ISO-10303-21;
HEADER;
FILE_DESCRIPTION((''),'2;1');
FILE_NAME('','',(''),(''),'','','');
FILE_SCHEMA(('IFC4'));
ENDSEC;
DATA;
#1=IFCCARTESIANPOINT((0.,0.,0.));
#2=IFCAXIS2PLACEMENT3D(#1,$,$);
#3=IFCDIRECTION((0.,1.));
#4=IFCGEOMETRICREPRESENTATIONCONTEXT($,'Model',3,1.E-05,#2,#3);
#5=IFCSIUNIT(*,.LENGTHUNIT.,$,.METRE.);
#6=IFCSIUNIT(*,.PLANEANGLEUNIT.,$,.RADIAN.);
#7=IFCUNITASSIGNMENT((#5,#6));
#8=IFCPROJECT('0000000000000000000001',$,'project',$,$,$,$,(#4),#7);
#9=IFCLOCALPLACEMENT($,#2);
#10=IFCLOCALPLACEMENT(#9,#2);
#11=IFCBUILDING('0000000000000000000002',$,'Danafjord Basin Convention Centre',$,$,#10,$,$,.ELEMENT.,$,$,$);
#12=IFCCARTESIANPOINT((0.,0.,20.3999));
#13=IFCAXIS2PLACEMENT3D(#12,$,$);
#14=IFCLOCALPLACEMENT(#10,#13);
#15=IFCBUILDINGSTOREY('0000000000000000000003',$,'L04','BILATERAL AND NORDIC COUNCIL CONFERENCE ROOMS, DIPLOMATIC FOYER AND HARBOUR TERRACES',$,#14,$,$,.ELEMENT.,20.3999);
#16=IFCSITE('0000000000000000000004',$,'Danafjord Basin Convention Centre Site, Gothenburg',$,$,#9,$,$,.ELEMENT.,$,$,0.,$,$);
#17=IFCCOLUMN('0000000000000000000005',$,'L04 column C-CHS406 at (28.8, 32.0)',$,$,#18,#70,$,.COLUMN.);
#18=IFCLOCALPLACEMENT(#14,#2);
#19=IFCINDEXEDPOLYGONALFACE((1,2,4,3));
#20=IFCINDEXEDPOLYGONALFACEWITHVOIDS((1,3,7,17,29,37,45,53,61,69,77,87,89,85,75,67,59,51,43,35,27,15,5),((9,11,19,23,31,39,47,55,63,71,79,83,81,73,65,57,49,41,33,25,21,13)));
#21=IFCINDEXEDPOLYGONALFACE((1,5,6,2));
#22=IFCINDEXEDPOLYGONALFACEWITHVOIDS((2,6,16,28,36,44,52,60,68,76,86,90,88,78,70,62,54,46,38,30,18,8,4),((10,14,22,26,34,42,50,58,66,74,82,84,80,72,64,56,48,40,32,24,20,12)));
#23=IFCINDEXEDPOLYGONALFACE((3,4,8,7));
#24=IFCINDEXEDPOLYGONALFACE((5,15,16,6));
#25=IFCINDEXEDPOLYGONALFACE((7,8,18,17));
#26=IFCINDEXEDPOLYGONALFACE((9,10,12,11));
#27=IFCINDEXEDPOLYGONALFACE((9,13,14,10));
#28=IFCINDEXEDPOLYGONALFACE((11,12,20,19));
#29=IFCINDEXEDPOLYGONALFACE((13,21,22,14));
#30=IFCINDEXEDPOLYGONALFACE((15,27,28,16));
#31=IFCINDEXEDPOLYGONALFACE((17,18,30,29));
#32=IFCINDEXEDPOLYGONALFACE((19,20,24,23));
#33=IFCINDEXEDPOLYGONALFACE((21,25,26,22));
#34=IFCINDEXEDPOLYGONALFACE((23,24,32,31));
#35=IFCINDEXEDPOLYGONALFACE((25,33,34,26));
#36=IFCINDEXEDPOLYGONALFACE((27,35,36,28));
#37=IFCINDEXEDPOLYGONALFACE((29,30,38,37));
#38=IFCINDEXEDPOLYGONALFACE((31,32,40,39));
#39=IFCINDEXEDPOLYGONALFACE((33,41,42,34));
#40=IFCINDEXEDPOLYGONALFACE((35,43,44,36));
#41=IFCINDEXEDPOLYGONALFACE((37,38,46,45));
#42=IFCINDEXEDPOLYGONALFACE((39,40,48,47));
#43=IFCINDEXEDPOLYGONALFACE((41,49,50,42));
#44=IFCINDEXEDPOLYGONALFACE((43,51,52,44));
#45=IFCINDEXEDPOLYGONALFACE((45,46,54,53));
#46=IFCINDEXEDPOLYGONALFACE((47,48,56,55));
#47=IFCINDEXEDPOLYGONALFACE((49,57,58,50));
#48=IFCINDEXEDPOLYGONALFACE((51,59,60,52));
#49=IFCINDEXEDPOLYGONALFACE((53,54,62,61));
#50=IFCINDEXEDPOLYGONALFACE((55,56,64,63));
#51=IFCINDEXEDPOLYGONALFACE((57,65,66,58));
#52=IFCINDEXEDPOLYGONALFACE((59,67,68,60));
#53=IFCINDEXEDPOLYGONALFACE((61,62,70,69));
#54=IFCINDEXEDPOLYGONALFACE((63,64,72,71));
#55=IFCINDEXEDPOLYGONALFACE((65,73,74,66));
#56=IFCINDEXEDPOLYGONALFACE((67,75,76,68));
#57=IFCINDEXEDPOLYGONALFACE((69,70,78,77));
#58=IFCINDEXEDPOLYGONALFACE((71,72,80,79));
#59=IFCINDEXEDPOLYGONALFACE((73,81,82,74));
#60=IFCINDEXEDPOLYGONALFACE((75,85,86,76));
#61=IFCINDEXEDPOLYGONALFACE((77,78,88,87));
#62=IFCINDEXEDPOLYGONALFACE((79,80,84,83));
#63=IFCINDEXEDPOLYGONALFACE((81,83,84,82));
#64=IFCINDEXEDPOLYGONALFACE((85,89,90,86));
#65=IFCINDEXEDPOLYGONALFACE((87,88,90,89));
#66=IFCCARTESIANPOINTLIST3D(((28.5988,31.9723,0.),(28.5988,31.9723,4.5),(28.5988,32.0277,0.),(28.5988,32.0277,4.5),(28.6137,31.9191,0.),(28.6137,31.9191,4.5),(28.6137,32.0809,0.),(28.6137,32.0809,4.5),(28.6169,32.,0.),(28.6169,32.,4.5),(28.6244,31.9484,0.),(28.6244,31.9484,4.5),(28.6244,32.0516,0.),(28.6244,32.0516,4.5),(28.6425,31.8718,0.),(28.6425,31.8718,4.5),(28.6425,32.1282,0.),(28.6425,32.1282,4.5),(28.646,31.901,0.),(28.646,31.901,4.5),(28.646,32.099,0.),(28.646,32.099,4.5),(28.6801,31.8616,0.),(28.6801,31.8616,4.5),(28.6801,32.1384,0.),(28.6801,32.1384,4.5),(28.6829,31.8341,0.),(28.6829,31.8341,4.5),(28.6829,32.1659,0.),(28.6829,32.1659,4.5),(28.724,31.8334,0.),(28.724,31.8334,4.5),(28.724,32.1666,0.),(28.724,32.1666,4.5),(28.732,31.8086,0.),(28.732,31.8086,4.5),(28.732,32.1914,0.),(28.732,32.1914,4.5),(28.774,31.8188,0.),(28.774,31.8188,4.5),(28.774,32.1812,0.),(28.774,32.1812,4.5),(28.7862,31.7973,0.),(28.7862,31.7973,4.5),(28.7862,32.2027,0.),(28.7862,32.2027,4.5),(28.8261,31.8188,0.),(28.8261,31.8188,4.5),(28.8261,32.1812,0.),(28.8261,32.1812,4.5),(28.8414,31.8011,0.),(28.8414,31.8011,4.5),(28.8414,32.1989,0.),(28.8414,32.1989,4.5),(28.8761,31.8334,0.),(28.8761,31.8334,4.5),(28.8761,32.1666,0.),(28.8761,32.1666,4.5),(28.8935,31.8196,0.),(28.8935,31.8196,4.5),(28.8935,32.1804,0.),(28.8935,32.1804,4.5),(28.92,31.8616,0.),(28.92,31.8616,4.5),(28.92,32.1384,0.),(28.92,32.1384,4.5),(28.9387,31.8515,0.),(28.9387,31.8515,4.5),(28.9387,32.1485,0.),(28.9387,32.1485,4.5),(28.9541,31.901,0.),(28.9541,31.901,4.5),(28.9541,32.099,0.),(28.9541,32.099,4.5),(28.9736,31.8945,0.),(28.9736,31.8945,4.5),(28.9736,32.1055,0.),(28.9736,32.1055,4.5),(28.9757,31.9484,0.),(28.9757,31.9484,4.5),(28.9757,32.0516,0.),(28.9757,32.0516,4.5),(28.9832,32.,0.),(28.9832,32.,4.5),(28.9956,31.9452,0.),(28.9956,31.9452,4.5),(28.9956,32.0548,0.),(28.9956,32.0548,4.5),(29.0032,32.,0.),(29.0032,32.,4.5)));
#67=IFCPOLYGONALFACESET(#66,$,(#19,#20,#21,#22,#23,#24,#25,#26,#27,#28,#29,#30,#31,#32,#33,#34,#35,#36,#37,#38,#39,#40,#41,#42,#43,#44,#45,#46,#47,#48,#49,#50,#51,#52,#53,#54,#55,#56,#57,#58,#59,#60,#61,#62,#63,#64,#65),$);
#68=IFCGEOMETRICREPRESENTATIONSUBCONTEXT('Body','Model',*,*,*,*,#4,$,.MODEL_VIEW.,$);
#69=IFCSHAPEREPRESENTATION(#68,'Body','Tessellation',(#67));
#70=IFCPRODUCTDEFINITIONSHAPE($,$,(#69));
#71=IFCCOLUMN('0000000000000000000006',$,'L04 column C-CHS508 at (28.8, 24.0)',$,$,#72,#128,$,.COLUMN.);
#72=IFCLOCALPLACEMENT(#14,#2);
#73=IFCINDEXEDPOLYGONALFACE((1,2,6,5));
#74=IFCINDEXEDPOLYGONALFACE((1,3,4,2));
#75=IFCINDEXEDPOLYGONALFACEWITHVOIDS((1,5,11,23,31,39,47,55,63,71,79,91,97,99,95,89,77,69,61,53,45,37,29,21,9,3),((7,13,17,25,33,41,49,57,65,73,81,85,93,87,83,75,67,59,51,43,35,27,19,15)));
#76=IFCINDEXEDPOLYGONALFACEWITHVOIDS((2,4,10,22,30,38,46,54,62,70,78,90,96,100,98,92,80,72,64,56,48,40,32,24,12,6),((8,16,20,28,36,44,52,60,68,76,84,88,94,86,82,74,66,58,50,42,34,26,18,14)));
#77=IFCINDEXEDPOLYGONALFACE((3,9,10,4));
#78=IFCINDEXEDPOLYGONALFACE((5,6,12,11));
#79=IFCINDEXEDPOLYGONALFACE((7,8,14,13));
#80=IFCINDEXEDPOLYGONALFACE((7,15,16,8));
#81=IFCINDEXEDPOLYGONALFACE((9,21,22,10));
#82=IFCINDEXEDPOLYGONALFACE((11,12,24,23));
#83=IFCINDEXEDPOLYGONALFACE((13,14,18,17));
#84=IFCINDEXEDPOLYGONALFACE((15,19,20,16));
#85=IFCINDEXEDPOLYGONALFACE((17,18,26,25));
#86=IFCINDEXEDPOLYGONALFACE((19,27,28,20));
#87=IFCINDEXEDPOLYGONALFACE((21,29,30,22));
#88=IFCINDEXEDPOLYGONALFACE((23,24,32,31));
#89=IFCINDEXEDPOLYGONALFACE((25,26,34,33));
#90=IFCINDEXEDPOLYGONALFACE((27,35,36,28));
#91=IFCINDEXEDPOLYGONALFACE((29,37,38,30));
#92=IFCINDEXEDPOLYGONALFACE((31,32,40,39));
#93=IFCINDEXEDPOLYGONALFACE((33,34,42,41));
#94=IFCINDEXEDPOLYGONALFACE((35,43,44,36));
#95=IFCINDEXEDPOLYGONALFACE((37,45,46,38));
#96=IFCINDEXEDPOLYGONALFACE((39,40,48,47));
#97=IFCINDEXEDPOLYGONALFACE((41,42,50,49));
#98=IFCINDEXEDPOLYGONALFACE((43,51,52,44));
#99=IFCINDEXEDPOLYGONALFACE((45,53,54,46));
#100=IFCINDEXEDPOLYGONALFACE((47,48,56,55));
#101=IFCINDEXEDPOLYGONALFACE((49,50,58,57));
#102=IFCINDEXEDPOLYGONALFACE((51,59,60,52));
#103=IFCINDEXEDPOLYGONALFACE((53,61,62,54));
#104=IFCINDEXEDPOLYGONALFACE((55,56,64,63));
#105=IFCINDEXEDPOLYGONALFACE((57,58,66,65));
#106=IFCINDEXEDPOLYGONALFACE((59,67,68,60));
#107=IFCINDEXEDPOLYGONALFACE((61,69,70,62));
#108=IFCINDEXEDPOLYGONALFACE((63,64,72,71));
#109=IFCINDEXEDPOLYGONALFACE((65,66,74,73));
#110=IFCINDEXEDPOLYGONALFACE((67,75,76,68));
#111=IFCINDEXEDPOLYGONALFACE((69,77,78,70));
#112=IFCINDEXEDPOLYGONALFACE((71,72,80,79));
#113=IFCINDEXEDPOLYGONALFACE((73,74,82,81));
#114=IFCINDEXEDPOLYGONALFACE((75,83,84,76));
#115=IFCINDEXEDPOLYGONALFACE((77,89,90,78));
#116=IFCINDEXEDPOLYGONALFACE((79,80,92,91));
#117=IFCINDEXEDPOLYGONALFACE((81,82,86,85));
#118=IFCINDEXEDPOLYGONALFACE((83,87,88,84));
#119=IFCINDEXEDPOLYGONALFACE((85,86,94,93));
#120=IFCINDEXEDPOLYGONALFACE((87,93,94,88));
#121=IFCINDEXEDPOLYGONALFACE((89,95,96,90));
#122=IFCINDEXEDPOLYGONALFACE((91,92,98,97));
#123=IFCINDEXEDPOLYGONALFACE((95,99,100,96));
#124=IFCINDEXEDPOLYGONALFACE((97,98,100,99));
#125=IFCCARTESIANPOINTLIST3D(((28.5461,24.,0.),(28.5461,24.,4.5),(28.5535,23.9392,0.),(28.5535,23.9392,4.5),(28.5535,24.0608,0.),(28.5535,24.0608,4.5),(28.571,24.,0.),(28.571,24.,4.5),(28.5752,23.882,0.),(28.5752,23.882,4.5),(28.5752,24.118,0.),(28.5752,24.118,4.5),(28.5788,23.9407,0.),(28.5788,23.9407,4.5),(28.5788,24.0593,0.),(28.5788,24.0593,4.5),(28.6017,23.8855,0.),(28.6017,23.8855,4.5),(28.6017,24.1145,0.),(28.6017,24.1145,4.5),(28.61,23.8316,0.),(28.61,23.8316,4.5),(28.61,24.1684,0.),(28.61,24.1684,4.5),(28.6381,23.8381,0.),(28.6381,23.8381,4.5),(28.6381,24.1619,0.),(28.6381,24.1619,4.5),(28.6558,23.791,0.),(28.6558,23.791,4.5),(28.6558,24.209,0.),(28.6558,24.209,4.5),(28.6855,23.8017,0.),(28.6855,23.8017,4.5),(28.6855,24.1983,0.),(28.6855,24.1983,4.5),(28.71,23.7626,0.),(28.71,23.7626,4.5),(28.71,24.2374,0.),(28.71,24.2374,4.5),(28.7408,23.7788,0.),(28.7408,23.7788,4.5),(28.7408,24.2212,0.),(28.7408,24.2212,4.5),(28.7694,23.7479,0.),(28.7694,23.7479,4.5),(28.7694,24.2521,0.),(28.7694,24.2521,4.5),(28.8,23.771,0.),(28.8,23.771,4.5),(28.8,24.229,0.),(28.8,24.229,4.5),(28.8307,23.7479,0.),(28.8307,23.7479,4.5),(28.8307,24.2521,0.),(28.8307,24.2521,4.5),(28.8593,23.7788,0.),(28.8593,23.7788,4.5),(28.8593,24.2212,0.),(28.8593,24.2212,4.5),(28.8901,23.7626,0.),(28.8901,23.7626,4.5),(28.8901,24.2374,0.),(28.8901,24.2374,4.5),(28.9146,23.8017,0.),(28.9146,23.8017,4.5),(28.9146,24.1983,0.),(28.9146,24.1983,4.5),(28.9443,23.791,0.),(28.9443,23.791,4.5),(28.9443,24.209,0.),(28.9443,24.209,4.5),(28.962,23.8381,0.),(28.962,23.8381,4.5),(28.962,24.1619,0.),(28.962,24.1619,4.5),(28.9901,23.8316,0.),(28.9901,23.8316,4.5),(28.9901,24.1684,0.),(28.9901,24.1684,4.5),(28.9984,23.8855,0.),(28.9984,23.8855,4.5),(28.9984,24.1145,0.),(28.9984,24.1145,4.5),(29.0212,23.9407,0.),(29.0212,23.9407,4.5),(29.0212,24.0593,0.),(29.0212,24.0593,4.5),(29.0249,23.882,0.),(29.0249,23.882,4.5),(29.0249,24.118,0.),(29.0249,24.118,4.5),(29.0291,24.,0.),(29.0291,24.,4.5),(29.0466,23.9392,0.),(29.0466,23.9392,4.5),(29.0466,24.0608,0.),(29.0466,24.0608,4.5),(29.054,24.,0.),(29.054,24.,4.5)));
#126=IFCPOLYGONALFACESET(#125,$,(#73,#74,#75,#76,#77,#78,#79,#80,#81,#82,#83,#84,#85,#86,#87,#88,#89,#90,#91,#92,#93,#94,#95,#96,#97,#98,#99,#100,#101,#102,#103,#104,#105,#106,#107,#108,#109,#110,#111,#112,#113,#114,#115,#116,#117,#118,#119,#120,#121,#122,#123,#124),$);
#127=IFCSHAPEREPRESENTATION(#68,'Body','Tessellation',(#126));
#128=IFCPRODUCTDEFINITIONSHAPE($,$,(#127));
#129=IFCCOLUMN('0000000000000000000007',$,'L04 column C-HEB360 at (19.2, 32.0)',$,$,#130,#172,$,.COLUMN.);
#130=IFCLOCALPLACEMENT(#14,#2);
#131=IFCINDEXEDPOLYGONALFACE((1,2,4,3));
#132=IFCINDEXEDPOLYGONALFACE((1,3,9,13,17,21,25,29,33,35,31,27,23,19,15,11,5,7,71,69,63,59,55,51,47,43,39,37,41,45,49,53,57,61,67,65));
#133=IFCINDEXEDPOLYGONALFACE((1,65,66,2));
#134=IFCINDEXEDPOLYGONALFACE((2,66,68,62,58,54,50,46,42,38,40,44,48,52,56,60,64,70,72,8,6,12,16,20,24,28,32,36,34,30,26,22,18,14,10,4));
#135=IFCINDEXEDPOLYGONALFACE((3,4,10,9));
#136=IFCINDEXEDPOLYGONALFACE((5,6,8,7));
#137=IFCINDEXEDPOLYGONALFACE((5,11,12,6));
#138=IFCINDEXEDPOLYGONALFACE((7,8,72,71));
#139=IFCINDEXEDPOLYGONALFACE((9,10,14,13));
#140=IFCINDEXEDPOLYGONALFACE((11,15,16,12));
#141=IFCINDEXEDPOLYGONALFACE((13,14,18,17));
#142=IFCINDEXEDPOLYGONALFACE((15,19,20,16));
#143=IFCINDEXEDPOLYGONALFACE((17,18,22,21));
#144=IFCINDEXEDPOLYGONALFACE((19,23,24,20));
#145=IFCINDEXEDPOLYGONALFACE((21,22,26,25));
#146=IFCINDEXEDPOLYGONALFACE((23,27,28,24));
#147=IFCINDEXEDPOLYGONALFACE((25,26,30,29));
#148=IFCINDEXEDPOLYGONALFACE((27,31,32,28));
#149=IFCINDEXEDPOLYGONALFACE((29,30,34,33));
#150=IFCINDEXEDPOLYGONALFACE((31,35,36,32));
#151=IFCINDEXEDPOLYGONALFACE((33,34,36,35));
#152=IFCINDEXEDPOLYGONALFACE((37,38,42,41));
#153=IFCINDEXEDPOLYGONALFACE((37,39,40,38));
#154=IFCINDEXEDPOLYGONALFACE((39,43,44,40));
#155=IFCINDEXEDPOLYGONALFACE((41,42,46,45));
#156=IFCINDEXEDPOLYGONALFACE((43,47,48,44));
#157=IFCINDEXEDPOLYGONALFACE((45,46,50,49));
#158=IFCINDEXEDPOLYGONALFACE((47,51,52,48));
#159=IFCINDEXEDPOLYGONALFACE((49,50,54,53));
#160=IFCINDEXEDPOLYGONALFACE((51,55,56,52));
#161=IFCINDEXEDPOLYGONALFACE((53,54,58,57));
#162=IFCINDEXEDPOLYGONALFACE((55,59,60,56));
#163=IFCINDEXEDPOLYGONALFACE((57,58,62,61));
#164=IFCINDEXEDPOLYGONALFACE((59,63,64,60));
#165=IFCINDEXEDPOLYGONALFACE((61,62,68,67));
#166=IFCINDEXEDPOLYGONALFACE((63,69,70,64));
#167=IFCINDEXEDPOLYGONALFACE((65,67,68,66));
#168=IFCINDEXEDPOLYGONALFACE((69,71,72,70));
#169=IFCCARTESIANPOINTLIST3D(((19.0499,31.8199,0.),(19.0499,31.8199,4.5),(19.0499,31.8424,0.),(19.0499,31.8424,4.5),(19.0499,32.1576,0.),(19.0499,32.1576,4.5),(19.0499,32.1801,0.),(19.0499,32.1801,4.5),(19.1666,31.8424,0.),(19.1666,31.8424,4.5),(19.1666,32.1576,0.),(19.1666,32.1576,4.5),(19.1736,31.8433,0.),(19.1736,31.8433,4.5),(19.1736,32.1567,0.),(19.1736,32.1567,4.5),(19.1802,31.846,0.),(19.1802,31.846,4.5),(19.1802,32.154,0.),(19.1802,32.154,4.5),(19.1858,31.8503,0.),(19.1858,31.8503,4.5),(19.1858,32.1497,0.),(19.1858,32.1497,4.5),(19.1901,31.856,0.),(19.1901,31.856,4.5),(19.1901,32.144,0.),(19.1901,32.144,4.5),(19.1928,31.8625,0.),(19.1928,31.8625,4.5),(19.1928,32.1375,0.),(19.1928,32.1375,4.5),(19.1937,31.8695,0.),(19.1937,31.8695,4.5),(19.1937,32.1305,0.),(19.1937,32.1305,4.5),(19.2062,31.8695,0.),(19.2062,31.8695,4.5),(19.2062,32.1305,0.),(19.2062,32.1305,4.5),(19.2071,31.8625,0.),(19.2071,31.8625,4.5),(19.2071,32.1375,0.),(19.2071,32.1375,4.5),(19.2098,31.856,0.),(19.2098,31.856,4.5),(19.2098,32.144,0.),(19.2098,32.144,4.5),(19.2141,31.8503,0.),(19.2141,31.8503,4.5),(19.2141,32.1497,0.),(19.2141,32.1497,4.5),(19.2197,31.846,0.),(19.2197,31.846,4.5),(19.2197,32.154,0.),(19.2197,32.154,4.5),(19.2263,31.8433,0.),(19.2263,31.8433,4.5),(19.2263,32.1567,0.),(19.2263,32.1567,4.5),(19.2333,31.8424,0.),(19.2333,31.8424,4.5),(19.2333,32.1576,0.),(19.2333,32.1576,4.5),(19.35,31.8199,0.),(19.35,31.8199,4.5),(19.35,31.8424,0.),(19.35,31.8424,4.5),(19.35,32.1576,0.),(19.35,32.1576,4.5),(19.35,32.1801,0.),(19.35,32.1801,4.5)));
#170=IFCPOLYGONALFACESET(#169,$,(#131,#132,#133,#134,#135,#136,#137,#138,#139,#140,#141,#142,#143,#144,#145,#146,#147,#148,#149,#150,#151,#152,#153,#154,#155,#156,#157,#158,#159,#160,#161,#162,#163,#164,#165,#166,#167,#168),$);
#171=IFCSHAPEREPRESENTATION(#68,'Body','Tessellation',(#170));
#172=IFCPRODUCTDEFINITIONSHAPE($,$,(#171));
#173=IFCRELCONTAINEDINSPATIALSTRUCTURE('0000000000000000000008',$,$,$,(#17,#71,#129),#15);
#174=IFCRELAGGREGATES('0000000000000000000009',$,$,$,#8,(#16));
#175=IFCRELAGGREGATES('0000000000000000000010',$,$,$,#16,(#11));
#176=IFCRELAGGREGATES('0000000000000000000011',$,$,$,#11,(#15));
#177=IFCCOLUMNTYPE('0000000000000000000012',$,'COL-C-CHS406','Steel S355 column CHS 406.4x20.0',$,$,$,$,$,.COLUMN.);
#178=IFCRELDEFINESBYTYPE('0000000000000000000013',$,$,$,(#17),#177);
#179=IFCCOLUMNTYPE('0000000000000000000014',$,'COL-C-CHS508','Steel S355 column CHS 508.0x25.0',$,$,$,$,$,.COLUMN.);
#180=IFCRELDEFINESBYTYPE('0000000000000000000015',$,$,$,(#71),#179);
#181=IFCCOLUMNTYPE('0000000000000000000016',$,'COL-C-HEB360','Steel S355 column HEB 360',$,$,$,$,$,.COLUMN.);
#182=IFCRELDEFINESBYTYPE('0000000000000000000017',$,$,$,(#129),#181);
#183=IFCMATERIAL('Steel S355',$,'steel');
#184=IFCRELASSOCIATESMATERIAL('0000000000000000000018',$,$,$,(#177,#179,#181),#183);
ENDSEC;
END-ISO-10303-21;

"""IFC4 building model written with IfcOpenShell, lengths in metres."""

from ifc_helpers import new_model, si_unit, direction, frame, origin, origin_2d, place, context, subcontext, project, spatial, hollow_circle, i_section, extrude, material, material_profile, profile_set, type_object, element, save


model = new_model("IFC4")

# Units and contexts
model_context = context("Model", 3, precision=1e-05, world=origin(), true_north=direction((0.0, 1.0)))
body_context = subcontext(model_context, "Body", "Model", "MODEL_VIEW")
ifc_project = project(units=[si_unit("LENGTHUNIT", "METRE"), si_unit("PLANEANGLEUNIT", "RADIAN")], contexts=[model_context])

# Site, building, storey
site_placement = place(None, origin())
site = spatial("IfcSite", under=ifc_project, at=site_placement, Name="Danafjord Basin Convention Centre Site, Gothenburg", CompositionType="ELEMENT", RefElevation=0.0)
building_placement = place(site_placement, origin())
building = spatial("IfcBuilding", under=site, at=building_placement, Name="Danafjord Basin Convention Centre", CompositionType="ELEMENT")
storey_placement = place(building_placement, frame((0.0, 0.0, 20.3999)))
storey = spatial("IfcBuildingStorey", under=building, at=storey_placement, Name="L04", Description="BILATERAL AND NORDIC COUNCIL CONFERENCE ROOMS, DIPLOMATIC FOYER AND HARBOUR TERRACES", CompositionType="ELEMENT", Elevation=20.3999)

# Columns
ifc_material_1 = material(Name="Steel S355", Category="steel")
ifc_material_profile_1 = material_profile(ifc_material_1, hollow_circle(Radius=0.2031, WallThickness=0.02, at=origin_2d()), Name="CHS 406.4x20.0")
ifc_profile_set_1 = profile_set([ifc_material_profile_1], Name="Steel S355")
column_type_1 = type_object("IfcColumnType", Name="COL-C-CHS406", Description="Steel S355 column CHS 406.4x20.0", PredefinedType="COLUMN", material=ifc_profile_set_1)
column_1_placement = place(storey_placement, frame((28.8, 32.0, 0.0), z_axis=(0.0, 0.0, 1.0), x_axis=(1.0, 0.0, 0.0)))
element("IfcColumn", 1, at=column_1_placement, inside=storey, type_object=column_type_1, Name="L04 column C-CHS406 at (28.8, 32.0)", PredefinedType="COLUMN", context=body_context, shape_type="SweptSolid", body=[
    extrude(hollow_circle(Radius=0.2031, WallThickness=0.02, at=origin_2d()), origin(), (0.0, 0.0, 1.0), 4.5),
])
ifc_material_profile_2 = material_profile(ifc_material_1, hollow_circle(Radius=0.2539, WallThickness=0.0249, at=origin_2d()), Name="CHS 508.0x25.0")
ifc_profile_set_2 = profile_set([ifc_material_profile_2], Name="Steel S355")
column_type_2 = type_object("IfcColumnType", Name="COL-C-CHS508", Description="Steel S355 column CHS 508.0x25.0", PredefinedType="COLUMN", material=ifc_profile_set_2)
column_2_placement = place(storey_placement, frame((28.8, 24.0, 0.0), z_axis=(0.0, 0.0, 1.0), x_axis=(1.0, 0.0, 0.0)))
element("IfcColumn", 2, at=column_2_placement, inside=storey, type_object=column_type_2, Name="L04 column C-CHS508 at (28.8, 24.0)", PredefinedType="COLUMN", context=body_context, shape_type="SweptSolid", body=[
    extrude(hollow_circle(Radius=0.2539, WallThickness=0.0249, at=origin_2d()), origin(), (0.0, 0.0, 1.0), 4.5),
])
ifc_material_profile_3 = material_profile(ifc_material_1, i_section(OverallWidth=0.3, OverallDepth=0.3601, WebThickness=0.0125, FlangeThickness=0.0225, FilletRadius=0.0271, at=origin_2d()), Name="HEB 360")
ifc_profile_set_3 = profile_set([ifc_material_profile_3], Name="Steel S355")
column_type_3 = type_object("IfcColumnType", Name="COL-C-HEB360", Description="Steel S355 column HEB 360", PredefinedType="COLUMN", material=ifc_profile_set_3)
column_3_placement = place(storey_placement, frame((19.2, 32.0, 0.0), z_axis=(0.0, 0.0, 1.0), x_axis=(1.0, 0.0, 0.0)))
element("IfcColumn", 3, at=column_3_placement, inside=storey, type_object=column_type_3, Name="L04 column C-HEB360 at (19.2, 32.0)", PredefinedType="COLUMN", context=body_context, shape_type="SweptSolid", body=[
    extrude(i_section(OverallWidth=0.3, OverallDepth=0.3601, WebThickness=0.0125, FlangeThickness=0.0225, FilletRadius=0.0271, at=origin_2d()), origin(), (0.0, 0.0, 1.0), 4.5),
])

save(model, "model.ifc")
